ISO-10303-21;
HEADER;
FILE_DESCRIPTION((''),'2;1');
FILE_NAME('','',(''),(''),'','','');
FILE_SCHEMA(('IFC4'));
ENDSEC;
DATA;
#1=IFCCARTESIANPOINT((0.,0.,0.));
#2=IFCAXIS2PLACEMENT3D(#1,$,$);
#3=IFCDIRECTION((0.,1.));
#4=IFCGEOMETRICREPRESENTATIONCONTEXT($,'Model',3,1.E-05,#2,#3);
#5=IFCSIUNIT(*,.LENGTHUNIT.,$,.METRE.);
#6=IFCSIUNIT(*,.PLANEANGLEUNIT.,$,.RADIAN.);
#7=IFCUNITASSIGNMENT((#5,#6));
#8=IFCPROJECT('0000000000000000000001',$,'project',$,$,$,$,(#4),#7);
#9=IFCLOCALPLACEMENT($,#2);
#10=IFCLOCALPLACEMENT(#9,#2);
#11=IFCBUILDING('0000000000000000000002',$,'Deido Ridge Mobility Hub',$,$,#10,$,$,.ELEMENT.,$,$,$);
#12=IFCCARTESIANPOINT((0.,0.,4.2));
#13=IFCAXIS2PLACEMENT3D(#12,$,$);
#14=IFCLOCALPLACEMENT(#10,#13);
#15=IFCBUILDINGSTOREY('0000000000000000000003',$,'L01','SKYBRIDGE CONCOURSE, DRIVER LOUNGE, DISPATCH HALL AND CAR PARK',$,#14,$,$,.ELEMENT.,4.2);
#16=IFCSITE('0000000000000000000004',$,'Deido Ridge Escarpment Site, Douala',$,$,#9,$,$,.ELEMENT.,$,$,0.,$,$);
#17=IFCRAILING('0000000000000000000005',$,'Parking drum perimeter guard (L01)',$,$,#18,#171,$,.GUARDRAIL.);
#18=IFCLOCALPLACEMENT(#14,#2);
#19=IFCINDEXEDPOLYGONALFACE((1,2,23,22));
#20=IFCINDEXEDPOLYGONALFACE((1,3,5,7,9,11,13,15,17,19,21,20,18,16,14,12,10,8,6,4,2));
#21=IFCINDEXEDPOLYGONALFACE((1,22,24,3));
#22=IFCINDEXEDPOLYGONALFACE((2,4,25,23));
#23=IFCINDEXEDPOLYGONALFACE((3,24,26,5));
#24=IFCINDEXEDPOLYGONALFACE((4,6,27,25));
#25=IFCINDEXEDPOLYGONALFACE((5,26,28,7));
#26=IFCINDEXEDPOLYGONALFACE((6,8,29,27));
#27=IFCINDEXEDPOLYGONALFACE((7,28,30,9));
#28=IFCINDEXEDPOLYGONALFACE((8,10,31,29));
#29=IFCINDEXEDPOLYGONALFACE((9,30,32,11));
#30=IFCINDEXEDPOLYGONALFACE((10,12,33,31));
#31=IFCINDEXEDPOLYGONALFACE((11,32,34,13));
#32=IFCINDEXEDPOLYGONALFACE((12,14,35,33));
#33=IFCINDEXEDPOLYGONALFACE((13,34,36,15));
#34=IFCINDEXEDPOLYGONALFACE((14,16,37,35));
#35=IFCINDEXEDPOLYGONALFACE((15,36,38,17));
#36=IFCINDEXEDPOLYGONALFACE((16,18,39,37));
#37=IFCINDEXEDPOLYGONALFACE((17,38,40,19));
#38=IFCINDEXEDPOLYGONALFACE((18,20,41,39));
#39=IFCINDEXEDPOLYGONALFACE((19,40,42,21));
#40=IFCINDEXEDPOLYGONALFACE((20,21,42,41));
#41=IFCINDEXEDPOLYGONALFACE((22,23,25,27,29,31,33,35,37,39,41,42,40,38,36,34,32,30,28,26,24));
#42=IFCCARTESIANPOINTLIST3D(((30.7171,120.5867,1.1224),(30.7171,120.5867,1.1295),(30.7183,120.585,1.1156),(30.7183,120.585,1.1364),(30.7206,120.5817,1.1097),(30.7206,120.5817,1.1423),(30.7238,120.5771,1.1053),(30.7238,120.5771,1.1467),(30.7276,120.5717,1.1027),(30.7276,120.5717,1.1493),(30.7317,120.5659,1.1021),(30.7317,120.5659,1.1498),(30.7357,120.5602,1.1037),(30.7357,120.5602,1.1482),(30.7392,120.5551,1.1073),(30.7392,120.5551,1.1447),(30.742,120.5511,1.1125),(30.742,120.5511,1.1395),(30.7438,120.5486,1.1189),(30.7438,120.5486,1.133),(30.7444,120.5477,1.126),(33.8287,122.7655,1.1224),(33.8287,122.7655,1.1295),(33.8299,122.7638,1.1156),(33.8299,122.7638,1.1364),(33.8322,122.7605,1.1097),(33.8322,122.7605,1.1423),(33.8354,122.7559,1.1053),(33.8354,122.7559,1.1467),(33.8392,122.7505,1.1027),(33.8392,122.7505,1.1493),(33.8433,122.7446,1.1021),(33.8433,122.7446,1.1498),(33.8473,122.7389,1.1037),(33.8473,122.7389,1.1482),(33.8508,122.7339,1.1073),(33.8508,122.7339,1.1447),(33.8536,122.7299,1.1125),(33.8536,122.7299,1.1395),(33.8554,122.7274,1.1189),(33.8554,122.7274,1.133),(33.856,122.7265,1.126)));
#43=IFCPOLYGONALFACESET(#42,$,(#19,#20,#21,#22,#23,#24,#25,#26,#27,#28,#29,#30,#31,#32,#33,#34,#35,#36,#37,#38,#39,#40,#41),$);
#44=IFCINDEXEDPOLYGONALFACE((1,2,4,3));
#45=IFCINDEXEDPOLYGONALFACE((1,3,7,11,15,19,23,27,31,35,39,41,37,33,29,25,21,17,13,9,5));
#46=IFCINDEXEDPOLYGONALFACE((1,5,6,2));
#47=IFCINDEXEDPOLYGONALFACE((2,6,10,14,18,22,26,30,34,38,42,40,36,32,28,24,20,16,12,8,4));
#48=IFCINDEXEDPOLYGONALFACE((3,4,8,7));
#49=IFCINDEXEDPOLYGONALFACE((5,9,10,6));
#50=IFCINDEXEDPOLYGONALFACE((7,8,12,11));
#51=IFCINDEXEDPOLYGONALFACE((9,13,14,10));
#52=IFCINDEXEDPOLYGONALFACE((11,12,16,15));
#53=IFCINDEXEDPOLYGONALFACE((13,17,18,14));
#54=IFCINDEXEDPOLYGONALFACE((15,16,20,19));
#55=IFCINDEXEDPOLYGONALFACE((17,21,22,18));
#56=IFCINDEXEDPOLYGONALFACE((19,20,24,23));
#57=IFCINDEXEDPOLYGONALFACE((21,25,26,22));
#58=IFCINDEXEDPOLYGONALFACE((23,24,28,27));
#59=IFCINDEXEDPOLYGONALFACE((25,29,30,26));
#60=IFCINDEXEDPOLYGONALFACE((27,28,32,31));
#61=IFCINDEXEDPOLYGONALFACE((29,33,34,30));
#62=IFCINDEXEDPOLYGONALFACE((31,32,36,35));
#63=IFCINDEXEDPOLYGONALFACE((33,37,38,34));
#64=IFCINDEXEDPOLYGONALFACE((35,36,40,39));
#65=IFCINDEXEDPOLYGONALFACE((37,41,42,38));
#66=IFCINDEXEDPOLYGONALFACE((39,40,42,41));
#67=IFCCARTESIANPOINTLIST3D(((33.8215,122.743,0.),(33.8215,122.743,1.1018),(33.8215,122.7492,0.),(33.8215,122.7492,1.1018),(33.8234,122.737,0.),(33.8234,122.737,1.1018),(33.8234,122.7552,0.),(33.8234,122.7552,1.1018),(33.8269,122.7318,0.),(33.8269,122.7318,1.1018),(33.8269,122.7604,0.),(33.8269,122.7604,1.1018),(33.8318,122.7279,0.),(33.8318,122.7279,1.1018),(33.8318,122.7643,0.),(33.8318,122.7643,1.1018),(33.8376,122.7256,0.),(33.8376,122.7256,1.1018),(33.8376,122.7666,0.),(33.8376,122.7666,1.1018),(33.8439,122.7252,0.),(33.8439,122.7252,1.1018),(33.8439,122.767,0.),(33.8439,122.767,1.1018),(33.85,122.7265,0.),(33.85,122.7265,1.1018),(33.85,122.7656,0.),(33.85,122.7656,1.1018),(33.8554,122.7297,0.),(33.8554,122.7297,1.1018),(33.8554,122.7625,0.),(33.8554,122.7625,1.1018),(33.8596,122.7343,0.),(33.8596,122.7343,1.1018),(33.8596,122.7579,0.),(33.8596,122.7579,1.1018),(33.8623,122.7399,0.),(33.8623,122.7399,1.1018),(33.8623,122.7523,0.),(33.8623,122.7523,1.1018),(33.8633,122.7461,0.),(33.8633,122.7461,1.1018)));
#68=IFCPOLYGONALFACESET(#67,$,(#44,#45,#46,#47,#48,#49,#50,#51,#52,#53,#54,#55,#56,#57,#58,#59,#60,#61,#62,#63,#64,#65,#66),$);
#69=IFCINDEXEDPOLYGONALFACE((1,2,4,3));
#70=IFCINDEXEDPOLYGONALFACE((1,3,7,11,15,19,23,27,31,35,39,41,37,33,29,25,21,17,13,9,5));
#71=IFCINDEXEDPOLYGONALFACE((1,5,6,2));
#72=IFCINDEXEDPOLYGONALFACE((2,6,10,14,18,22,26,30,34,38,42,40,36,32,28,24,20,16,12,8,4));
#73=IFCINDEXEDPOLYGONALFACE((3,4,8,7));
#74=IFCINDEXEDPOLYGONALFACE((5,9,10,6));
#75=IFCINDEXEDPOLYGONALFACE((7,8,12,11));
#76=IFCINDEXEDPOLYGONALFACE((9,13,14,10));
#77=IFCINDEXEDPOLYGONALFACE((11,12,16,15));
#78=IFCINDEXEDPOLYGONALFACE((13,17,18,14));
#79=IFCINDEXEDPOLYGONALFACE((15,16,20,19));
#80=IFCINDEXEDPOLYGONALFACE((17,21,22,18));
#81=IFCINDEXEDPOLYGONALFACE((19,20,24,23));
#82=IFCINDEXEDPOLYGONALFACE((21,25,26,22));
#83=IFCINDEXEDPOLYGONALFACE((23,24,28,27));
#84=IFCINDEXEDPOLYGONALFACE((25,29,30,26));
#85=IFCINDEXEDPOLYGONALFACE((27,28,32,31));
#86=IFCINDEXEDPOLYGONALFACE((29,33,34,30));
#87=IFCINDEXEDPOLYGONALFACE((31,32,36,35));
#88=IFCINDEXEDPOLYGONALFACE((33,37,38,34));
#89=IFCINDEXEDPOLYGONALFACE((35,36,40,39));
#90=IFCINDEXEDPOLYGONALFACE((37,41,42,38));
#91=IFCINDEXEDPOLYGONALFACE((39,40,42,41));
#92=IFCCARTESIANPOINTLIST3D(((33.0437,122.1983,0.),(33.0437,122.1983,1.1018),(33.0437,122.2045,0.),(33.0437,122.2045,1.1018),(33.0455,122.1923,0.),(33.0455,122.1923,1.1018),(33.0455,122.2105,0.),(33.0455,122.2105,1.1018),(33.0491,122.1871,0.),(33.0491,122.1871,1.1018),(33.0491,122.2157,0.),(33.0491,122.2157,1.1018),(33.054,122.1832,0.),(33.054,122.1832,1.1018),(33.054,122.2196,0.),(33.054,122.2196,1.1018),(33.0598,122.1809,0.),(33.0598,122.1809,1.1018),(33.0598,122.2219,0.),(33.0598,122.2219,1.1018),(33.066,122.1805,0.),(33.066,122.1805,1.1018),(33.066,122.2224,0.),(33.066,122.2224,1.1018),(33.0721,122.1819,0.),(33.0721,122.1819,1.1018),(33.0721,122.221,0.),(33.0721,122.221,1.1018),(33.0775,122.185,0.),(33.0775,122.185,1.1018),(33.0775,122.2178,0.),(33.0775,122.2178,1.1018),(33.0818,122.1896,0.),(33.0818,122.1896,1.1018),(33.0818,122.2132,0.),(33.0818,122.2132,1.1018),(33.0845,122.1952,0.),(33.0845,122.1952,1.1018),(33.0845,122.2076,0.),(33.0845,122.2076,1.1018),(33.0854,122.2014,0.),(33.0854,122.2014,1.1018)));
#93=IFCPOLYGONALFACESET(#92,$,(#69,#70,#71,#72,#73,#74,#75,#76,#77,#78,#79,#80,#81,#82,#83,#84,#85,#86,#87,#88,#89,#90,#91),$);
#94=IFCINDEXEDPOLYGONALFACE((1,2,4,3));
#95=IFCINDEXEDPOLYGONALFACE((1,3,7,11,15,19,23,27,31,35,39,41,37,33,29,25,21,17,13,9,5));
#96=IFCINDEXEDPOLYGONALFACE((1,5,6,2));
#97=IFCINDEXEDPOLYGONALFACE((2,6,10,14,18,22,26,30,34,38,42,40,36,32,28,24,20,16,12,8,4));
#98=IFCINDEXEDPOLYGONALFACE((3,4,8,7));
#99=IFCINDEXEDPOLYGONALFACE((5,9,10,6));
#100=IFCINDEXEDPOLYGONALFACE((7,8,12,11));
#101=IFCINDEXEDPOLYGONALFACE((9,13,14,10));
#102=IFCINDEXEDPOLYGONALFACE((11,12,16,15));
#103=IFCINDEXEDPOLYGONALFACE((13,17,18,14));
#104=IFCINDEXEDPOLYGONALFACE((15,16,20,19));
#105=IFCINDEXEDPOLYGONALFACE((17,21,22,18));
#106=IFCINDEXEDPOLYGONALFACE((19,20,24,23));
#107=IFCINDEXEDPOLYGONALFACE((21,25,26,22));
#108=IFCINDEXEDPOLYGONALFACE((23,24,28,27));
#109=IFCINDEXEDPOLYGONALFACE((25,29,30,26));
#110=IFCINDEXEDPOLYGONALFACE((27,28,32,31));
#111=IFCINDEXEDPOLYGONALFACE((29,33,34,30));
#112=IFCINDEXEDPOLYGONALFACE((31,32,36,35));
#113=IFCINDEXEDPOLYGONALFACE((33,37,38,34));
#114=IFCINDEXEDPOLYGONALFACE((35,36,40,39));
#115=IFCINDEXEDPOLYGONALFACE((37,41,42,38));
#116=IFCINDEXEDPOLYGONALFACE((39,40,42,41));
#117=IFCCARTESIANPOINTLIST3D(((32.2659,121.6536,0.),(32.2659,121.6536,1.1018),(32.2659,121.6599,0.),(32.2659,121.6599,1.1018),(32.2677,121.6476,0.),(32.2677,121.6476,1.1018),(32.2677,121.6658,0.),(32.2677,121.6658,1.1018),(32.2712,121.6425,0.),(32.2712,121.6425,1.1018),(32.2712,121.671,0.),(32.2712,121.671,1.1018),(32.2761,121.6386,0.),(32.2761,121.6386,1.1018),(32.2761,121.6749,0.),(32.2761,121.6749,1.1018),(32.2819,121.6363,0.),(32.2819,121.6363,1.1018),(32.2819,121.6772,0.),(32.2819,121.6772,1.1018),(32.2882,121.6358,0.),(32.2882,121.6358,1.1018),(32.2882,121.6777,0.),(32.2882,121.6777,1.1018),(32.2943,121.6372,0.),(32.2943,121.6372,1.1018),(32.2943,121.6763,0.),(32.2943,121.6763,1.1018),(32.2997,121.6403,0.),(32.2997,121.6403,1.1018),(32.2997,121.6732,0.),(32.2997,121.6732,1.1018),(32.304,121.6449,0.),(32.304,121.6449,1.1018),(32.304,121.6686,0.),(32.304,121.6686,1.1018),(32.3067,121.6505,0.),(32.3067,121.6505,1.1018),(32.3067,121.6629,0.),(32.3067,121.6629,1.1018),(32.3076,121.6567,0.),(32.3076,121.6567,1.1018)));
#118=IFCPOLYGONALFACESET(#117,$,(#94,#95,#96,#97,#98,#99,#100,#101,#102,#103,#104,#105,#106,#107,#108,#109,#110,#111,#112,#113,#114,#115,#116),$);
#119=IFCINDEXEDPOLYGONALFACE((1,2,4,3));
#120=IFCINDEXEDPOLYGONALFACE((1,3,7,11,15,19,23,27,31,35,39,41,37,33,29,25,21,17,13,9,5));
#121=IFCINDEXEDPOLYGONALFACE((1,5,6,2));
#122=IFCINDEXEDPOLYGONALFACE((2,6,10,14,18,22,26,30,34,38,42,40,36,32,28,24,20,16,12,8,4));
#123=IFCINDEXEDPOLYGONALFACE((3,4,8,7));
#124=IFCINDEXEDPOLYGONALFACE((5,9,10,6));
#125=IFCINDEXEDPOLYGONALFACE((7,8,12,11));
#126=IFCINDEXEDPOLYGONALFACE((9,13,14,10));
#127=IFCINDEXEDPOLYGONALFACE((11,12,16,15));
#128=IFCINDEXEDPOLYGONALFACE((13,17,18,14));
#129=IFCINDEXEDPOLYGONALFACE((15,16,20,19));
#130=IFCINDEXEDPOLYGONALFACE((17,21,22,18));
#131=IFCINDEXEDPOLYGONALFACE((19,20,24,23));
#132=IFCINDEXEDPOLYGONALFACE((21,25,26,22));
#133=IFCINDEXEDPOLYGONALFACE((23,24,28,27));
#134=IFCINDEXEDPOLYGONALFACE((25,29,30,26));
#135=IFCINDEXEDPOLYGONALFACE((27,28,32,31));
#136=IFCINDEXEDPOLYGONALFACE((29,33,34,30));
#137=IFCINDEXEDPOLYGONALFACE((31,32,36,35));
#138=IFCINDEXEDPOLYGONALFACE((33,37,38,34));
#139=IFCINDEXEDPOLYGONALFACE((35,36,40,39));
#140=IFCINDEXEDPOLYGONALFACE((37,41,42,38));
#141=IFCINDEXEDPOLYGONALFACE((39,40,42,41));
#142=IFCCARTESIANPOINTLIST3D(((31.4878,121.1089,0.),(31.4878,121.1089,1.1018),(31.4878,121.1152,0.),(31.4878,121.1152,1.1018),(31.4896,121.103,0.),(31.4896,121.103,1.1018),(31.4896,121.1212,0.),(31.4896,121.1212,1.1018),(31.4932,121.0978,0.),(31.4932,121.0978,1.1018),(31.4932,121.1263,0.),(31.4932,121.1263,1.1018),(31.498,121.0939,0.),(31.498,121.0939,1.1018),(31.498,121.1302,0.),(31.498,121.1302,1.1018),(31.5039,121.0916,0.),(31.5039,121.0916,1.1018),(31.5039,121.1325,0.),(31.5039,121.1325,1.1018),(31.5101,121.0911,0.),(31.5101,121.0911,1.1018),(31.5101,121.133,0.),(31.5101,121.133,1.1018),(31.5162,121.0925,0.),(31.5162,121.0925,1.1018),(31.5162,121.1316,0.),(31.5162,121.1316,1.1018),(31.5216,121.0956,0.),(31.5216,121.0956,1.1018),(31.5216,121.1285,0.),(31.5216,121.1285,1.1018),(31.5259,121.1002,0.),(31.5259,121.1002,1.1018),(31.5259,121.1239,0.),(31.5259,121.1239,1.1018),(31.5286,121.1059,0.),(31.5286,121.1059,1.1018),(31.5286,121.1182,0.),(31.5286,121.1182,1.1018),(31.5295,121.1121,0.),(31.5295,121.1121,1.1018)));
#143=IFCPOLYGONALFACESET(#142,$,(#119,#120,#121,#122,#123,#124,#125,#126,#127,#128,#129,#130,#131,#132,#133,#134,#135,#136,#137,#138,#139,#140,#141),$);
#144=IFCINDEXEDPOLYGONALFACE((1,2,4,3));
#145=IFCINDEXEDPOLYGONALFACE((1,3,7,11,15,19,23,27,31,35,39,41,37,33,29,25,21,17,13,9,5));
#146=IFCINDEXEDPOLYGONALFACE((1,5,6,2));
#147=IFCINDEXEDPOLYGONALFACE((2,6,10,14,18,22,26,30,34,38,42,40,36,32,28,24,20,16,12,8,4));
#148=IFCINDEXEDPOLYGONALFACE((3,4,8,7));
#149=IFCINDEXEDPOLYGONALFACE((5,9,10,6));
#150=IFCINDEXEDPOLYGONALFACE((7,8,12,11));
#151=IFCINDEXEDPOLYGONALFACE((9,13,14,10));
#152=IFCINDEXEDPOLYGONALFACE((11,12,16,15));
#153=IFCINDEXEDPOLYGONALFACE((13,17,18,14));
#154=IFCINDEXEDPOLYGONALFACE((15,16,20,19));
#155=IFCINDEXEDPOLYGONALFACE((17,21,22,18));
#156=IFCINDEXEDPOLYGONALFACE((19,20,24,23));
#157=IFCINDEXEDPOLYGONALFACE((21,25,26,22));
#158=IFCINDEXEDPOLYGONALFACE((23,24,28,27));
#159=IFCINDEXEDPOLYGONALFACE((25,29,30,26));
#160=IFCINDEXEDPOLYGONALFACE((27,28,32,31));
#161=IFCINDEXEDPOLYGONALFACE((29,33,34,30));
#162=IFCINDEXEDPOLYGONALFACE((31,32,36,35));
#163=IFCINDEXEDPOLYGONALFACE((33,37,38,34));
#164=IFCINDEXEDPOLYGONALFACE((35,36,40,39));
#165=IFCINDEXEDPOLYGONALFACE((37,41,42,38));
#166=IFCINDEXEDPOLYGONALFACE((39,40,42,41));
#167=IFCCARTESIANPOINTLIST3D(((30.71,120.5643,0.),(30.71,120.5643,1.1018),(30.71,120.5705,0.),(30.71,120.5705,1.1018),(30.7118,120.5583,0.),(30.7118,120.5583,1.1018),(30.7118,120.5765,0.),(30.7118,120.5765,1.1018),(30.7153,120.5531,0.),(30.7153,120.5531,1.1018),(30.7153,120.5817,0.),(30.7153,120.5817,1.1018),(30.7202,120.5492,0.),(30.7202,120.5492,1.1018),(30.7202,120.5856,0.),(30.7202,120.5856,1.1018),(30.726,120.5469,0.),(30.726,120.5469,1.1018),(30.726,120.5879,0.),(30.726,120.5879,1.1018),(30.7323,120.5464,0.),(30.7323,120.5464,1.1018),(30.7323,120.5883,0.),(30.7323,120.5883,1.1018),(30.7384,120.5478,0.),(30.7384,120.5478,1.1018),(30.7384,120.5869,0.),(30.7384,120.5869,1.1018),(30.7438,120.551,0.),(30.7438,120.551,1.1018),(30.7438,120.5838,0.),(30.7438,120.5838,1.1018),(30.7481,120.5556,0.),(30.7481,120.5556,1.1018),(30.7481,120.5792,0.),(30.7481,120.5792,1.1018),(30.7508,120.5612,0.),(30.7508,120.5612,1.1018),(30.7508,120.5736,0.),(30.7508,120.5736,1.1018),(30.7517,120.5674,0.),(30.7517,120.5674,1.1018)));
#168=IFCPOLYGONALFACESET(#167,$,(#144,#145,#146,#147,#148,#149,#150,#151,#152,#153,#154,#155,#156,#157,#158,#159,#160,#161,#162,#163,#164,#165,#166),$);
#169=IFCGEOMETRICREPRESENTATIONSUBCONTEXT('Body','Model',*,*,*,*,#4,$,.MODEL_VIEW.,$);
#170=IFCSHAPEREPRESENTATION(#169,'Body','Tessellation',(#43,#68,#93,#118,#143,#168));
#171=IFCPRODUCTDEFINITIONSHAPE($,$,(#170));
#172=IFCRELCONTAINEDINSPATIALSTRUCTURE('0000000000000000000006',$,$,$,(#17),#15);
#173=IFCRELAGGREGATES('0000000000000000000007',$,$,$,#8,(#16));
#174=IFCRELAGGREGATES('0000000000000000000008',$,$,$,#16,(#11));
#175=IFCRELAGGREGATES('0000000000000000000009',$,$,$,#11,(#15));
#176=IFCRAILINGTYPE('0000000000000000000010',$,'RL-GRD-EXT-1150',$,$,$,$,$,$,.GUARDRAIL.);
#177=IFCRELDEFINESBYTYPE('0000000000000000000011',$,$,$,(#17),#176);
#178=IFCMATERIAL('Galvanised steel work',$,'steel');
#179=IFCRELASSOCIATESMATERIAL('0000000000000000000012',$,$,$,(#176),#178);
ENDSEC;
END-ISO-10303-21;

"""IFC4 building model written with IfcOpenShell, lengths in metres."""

from ifc_helpers import new_model, si_unit, direction, frame, origin, origin_2d, place, context, subcontext, project, spatial, circle, extrude, material, type_object, element, save


model = new_model("IFC4")

# Units and contexts
model_context = context("Model", 3, precision=1e-05, world=origin(), true_north=direction((0.0, 1.0)))
body_context = subcontext(model_context, "Body", "Model", "MODEL_VIEW")
ifc_project = project(units=[si_unit("LENGTHUNIT", "METRE"), si_unit("PLANEANGLEUNIT", "RADIAN")], contexts=[model_context])

# Site, building, storey
site_placement = place(None, origin())
site = spatial("IfcSite", under=ifc_project, at=site_placement, Name="Deido Ridge Escarpment Site, Douala", CompositionType="ELEMENT", RefElevation=0.0)
building_placement = place(site_placement, origin())
building = spatial("IfcBuilding", under=site, at=building_placement, Name="Deido Ridge Mobility Hub", CompositionType="ELEMENT")
storey_placement = place(building_placement, frame((0.0, 0.0, 4.2)))
storey = spatial("IfcBuildingStorey", under=building, at=storey_placement, Name="L01", Description="SKYBRIDGE CONCOURSE, DRIVER LOUNGE, DISPATCH HALL AND CAR PARK", CompositionType="ELEMENT", Elevation=4.2)

# Railing
ifc_material_1 = material(Name="Galvanised steel work", Category="steel")
railing_type = type_object("IfcRailingType", Name="RL-GRD-EXT-1150", PredefinedType="GUARDRAIL", material=ifc_material_1)
railing_1_placement = place(storey_placement, frame((33.8423, 122.7461, 0.0)))
element("IfcRailing", 1, at=railing_1_placement, inside=storey, type_object=railing_type, Name="Parking drum perimeter guard (L01)", PredefinedType="GUARDRAIL", context=body_context, shape_type="SweptSolid", body=[
    extrude(circle(Radius=0.0239, at=origin_2d()), frame((0.0, 0.0, 1.126), z_axis=(-0.819156, -0.57357, 0.0), x_axis=(0.57357, -0.819156, 0.0)), (0.0, 0.0, 1.0), 3.7986),
    extrude(circle(Radius=0.021, at=origin_2d()), origin(), (0.0, 0.0, 1.0), 1.1018),
    extrude(circle(Radius=0.021, at=origin_2d()), frame((-0.7778, -0.5447, 0.0)), (0.0, 0.0, 1.0), 1.1018),
    extrude(circle(Radius=0.021, at=origin_2d()), frame((-1.5557, -1.0894, 0.0)), (0.0, 0.0, 1.0), 1.1018),
    extrude(circle(Radius=0.021, at=origin_2d()), frame((-2.3337, -1.634, 0.0)), (0.0, 0.0, 1.0), 1.1018),
    extrude(circle(Radius=0.021, at=origin_2d()), frame((-3.1116, -2.1787, 0.0)), (0.0, 0.0, 1.0), 1.1018),
])

save(model, "model.ifc")
